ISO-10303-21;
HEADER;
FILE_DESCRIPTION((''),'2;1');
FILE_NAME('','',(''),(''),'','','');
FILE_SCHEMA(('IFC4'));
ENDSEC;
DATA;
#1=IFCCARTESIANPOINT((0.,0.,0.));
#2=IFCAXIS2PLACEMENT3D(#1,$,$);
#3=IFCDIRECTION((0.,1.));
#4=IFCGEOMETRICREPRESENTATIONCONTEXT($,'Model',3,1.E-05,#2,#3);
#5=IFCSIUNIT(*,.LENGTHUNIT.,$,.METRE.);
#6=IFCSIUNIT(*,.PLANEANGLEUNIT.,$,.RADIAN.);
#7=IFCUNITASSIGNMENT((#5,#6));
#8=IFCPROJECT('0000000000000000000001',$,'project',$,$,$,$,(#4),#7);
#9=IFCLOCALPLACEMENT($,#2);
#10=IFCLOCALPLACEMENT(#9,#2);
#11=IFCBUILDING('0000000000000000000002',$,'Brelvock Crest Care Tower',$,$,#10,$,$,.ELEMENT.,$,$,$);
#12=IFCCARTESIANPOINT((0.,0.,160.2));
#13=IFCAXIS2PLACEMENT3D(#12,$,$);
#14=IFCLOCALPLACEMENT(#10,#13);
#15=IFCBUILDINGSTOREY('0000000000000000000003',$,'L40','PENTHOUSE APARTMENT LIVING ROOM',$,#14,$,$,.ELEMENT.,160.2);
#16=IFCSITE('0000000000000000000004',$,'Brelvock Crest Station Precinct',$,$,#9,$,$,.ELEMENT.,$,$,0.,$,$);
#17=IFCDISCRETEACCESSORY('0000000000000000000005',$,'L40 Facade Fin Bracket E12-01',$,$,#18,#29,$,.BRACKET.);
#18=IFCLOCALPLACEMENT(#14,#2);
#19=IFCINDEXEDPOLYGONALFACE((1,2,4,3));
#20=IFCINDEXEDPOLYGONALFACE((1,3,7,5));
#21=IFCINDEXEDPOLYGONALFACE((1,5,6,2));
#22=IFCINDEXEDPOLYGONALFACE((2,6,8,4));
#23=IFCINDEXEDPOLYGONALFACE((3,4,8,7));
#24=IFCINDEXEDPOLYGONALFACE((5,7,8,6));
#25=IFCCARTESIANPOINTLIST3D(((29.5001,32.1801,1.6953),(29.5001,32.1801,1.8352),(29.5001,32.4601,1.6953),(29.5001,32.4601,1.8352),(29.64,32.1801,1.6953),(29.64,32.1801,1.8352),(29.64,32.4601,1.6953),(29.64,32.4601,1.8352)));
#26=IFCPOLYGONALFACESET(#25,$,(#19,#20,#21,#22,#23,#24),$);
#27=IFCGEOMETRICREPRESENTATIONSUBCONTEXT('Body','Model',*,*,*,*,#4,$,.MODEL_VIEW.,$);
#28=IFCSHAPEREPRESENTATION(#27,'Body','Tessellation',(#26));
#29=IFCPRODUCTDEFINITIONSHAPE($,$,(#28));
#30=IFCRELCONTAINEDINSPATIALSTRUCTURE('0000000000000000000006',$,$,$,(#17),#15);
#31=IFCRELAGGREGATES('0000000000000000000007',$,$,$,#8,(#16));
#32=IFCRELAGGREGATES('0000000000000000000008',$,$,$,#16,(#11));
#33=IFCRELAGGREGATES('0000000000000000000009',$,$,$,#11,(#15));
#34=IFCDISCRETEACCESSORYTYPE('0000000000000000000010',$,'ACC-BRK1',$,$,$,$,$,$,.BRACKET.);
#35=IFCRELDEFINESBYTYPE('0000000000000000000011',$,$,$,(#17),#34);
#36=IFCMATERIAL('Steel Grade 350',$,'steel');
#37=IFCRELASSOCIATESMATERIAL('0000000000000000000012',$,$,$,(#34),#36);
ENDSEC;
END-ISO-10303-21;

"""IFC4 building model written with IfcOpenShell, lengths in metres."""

from ifc_helpers import new_model, si_unit, direction, frame, origin, origin_2d, place, context, subcontext, project, spatial, rectangle, extrude, source, transform, mapped, material, type_object, element, save


model = new_model("IFC4")

# Units and contexts
model_context = context("Model", 3, precision=1e-05, world=origin(), true_north=direction((0.0, 1.0)))
body_context = subcontext(model_context, "Body", "Model", "MODEL_VIEW")
ifc_project = project(units=[si_unit("LENGTHUNIT", "METRE"), si_unit("PLANEANGLEUNIT", "RADIAN")], contexts=[model_context])

# Site, building, storey
site_placement = place(None, origin())
site = spatial("IfcSite", under=ifc_project, at=site_placement, Name="Brelvock Crest Station Precinct", CompositionType="ELEMENT", RefElevation=0.0)
building_placement = place(site_placement, origin())
building = spatial("IfcBuilding", under=site, at=building_placement, Name="Brelvock Crest Care Tower", CompositionType="ELEMENT")
storey_placement = place(building_placement, frame((0.0, 0.0, 160.2)))
storey = spatial("IfcBuildingStorey", under=building, at=storey_placement, Name="L40", Description="PENTHOUSE APARTMENT LIVING ROOM", CompositionType="ELEMENT", Elevation=160.2)

# Shared definitions
ifc_material_1 = material(Name="Steel Grade 350", Category="steel")

# Discrete accessory
discrete_accessory_type = type_object("IfcDiscreteAccessoryType", Name="ACC-BRK1", PredefinedType="BRACKET", material=ifc_material_1)
shared_shape_1 = source(origin(), body_context, "Body", "SweptSolid", [
    extrude(rectangle(XDim=0.28, YDim=0.1399, at=origin_2d()), origin(), (0.0, 0.0, 1.0), 0.1399),
])
for number, where, z_axis, x_axis, name in (
    (1, (29.5701, 32.3201, 1.6953), (0.0, 0.0, 1.0), (0.0, -1.0, 0.0), "L40 Facade Fin Bracket E12-01"),
):
    element("IfcDiscreteAccessory", number, at=place(storey_placement, frame(where, z_axis=z_axis, x_axis=x_axis)), inside=storey, type_object=discrete_accessory_type, Name=name, PredefinedType="BRACKET", context=body_context, shape_type="MappedRepresentation", body=[
        mapped(shared_shape_1, transform((0.0, 0.0, 0.0), x_axis=(1.0, 0.0, 0.0), y_axis=(0.0, 1.0, 0.0), z_axis=(0.0, 0.0, 1.0), scale=1.0)),
    ])

save(model, "model.ifc")
